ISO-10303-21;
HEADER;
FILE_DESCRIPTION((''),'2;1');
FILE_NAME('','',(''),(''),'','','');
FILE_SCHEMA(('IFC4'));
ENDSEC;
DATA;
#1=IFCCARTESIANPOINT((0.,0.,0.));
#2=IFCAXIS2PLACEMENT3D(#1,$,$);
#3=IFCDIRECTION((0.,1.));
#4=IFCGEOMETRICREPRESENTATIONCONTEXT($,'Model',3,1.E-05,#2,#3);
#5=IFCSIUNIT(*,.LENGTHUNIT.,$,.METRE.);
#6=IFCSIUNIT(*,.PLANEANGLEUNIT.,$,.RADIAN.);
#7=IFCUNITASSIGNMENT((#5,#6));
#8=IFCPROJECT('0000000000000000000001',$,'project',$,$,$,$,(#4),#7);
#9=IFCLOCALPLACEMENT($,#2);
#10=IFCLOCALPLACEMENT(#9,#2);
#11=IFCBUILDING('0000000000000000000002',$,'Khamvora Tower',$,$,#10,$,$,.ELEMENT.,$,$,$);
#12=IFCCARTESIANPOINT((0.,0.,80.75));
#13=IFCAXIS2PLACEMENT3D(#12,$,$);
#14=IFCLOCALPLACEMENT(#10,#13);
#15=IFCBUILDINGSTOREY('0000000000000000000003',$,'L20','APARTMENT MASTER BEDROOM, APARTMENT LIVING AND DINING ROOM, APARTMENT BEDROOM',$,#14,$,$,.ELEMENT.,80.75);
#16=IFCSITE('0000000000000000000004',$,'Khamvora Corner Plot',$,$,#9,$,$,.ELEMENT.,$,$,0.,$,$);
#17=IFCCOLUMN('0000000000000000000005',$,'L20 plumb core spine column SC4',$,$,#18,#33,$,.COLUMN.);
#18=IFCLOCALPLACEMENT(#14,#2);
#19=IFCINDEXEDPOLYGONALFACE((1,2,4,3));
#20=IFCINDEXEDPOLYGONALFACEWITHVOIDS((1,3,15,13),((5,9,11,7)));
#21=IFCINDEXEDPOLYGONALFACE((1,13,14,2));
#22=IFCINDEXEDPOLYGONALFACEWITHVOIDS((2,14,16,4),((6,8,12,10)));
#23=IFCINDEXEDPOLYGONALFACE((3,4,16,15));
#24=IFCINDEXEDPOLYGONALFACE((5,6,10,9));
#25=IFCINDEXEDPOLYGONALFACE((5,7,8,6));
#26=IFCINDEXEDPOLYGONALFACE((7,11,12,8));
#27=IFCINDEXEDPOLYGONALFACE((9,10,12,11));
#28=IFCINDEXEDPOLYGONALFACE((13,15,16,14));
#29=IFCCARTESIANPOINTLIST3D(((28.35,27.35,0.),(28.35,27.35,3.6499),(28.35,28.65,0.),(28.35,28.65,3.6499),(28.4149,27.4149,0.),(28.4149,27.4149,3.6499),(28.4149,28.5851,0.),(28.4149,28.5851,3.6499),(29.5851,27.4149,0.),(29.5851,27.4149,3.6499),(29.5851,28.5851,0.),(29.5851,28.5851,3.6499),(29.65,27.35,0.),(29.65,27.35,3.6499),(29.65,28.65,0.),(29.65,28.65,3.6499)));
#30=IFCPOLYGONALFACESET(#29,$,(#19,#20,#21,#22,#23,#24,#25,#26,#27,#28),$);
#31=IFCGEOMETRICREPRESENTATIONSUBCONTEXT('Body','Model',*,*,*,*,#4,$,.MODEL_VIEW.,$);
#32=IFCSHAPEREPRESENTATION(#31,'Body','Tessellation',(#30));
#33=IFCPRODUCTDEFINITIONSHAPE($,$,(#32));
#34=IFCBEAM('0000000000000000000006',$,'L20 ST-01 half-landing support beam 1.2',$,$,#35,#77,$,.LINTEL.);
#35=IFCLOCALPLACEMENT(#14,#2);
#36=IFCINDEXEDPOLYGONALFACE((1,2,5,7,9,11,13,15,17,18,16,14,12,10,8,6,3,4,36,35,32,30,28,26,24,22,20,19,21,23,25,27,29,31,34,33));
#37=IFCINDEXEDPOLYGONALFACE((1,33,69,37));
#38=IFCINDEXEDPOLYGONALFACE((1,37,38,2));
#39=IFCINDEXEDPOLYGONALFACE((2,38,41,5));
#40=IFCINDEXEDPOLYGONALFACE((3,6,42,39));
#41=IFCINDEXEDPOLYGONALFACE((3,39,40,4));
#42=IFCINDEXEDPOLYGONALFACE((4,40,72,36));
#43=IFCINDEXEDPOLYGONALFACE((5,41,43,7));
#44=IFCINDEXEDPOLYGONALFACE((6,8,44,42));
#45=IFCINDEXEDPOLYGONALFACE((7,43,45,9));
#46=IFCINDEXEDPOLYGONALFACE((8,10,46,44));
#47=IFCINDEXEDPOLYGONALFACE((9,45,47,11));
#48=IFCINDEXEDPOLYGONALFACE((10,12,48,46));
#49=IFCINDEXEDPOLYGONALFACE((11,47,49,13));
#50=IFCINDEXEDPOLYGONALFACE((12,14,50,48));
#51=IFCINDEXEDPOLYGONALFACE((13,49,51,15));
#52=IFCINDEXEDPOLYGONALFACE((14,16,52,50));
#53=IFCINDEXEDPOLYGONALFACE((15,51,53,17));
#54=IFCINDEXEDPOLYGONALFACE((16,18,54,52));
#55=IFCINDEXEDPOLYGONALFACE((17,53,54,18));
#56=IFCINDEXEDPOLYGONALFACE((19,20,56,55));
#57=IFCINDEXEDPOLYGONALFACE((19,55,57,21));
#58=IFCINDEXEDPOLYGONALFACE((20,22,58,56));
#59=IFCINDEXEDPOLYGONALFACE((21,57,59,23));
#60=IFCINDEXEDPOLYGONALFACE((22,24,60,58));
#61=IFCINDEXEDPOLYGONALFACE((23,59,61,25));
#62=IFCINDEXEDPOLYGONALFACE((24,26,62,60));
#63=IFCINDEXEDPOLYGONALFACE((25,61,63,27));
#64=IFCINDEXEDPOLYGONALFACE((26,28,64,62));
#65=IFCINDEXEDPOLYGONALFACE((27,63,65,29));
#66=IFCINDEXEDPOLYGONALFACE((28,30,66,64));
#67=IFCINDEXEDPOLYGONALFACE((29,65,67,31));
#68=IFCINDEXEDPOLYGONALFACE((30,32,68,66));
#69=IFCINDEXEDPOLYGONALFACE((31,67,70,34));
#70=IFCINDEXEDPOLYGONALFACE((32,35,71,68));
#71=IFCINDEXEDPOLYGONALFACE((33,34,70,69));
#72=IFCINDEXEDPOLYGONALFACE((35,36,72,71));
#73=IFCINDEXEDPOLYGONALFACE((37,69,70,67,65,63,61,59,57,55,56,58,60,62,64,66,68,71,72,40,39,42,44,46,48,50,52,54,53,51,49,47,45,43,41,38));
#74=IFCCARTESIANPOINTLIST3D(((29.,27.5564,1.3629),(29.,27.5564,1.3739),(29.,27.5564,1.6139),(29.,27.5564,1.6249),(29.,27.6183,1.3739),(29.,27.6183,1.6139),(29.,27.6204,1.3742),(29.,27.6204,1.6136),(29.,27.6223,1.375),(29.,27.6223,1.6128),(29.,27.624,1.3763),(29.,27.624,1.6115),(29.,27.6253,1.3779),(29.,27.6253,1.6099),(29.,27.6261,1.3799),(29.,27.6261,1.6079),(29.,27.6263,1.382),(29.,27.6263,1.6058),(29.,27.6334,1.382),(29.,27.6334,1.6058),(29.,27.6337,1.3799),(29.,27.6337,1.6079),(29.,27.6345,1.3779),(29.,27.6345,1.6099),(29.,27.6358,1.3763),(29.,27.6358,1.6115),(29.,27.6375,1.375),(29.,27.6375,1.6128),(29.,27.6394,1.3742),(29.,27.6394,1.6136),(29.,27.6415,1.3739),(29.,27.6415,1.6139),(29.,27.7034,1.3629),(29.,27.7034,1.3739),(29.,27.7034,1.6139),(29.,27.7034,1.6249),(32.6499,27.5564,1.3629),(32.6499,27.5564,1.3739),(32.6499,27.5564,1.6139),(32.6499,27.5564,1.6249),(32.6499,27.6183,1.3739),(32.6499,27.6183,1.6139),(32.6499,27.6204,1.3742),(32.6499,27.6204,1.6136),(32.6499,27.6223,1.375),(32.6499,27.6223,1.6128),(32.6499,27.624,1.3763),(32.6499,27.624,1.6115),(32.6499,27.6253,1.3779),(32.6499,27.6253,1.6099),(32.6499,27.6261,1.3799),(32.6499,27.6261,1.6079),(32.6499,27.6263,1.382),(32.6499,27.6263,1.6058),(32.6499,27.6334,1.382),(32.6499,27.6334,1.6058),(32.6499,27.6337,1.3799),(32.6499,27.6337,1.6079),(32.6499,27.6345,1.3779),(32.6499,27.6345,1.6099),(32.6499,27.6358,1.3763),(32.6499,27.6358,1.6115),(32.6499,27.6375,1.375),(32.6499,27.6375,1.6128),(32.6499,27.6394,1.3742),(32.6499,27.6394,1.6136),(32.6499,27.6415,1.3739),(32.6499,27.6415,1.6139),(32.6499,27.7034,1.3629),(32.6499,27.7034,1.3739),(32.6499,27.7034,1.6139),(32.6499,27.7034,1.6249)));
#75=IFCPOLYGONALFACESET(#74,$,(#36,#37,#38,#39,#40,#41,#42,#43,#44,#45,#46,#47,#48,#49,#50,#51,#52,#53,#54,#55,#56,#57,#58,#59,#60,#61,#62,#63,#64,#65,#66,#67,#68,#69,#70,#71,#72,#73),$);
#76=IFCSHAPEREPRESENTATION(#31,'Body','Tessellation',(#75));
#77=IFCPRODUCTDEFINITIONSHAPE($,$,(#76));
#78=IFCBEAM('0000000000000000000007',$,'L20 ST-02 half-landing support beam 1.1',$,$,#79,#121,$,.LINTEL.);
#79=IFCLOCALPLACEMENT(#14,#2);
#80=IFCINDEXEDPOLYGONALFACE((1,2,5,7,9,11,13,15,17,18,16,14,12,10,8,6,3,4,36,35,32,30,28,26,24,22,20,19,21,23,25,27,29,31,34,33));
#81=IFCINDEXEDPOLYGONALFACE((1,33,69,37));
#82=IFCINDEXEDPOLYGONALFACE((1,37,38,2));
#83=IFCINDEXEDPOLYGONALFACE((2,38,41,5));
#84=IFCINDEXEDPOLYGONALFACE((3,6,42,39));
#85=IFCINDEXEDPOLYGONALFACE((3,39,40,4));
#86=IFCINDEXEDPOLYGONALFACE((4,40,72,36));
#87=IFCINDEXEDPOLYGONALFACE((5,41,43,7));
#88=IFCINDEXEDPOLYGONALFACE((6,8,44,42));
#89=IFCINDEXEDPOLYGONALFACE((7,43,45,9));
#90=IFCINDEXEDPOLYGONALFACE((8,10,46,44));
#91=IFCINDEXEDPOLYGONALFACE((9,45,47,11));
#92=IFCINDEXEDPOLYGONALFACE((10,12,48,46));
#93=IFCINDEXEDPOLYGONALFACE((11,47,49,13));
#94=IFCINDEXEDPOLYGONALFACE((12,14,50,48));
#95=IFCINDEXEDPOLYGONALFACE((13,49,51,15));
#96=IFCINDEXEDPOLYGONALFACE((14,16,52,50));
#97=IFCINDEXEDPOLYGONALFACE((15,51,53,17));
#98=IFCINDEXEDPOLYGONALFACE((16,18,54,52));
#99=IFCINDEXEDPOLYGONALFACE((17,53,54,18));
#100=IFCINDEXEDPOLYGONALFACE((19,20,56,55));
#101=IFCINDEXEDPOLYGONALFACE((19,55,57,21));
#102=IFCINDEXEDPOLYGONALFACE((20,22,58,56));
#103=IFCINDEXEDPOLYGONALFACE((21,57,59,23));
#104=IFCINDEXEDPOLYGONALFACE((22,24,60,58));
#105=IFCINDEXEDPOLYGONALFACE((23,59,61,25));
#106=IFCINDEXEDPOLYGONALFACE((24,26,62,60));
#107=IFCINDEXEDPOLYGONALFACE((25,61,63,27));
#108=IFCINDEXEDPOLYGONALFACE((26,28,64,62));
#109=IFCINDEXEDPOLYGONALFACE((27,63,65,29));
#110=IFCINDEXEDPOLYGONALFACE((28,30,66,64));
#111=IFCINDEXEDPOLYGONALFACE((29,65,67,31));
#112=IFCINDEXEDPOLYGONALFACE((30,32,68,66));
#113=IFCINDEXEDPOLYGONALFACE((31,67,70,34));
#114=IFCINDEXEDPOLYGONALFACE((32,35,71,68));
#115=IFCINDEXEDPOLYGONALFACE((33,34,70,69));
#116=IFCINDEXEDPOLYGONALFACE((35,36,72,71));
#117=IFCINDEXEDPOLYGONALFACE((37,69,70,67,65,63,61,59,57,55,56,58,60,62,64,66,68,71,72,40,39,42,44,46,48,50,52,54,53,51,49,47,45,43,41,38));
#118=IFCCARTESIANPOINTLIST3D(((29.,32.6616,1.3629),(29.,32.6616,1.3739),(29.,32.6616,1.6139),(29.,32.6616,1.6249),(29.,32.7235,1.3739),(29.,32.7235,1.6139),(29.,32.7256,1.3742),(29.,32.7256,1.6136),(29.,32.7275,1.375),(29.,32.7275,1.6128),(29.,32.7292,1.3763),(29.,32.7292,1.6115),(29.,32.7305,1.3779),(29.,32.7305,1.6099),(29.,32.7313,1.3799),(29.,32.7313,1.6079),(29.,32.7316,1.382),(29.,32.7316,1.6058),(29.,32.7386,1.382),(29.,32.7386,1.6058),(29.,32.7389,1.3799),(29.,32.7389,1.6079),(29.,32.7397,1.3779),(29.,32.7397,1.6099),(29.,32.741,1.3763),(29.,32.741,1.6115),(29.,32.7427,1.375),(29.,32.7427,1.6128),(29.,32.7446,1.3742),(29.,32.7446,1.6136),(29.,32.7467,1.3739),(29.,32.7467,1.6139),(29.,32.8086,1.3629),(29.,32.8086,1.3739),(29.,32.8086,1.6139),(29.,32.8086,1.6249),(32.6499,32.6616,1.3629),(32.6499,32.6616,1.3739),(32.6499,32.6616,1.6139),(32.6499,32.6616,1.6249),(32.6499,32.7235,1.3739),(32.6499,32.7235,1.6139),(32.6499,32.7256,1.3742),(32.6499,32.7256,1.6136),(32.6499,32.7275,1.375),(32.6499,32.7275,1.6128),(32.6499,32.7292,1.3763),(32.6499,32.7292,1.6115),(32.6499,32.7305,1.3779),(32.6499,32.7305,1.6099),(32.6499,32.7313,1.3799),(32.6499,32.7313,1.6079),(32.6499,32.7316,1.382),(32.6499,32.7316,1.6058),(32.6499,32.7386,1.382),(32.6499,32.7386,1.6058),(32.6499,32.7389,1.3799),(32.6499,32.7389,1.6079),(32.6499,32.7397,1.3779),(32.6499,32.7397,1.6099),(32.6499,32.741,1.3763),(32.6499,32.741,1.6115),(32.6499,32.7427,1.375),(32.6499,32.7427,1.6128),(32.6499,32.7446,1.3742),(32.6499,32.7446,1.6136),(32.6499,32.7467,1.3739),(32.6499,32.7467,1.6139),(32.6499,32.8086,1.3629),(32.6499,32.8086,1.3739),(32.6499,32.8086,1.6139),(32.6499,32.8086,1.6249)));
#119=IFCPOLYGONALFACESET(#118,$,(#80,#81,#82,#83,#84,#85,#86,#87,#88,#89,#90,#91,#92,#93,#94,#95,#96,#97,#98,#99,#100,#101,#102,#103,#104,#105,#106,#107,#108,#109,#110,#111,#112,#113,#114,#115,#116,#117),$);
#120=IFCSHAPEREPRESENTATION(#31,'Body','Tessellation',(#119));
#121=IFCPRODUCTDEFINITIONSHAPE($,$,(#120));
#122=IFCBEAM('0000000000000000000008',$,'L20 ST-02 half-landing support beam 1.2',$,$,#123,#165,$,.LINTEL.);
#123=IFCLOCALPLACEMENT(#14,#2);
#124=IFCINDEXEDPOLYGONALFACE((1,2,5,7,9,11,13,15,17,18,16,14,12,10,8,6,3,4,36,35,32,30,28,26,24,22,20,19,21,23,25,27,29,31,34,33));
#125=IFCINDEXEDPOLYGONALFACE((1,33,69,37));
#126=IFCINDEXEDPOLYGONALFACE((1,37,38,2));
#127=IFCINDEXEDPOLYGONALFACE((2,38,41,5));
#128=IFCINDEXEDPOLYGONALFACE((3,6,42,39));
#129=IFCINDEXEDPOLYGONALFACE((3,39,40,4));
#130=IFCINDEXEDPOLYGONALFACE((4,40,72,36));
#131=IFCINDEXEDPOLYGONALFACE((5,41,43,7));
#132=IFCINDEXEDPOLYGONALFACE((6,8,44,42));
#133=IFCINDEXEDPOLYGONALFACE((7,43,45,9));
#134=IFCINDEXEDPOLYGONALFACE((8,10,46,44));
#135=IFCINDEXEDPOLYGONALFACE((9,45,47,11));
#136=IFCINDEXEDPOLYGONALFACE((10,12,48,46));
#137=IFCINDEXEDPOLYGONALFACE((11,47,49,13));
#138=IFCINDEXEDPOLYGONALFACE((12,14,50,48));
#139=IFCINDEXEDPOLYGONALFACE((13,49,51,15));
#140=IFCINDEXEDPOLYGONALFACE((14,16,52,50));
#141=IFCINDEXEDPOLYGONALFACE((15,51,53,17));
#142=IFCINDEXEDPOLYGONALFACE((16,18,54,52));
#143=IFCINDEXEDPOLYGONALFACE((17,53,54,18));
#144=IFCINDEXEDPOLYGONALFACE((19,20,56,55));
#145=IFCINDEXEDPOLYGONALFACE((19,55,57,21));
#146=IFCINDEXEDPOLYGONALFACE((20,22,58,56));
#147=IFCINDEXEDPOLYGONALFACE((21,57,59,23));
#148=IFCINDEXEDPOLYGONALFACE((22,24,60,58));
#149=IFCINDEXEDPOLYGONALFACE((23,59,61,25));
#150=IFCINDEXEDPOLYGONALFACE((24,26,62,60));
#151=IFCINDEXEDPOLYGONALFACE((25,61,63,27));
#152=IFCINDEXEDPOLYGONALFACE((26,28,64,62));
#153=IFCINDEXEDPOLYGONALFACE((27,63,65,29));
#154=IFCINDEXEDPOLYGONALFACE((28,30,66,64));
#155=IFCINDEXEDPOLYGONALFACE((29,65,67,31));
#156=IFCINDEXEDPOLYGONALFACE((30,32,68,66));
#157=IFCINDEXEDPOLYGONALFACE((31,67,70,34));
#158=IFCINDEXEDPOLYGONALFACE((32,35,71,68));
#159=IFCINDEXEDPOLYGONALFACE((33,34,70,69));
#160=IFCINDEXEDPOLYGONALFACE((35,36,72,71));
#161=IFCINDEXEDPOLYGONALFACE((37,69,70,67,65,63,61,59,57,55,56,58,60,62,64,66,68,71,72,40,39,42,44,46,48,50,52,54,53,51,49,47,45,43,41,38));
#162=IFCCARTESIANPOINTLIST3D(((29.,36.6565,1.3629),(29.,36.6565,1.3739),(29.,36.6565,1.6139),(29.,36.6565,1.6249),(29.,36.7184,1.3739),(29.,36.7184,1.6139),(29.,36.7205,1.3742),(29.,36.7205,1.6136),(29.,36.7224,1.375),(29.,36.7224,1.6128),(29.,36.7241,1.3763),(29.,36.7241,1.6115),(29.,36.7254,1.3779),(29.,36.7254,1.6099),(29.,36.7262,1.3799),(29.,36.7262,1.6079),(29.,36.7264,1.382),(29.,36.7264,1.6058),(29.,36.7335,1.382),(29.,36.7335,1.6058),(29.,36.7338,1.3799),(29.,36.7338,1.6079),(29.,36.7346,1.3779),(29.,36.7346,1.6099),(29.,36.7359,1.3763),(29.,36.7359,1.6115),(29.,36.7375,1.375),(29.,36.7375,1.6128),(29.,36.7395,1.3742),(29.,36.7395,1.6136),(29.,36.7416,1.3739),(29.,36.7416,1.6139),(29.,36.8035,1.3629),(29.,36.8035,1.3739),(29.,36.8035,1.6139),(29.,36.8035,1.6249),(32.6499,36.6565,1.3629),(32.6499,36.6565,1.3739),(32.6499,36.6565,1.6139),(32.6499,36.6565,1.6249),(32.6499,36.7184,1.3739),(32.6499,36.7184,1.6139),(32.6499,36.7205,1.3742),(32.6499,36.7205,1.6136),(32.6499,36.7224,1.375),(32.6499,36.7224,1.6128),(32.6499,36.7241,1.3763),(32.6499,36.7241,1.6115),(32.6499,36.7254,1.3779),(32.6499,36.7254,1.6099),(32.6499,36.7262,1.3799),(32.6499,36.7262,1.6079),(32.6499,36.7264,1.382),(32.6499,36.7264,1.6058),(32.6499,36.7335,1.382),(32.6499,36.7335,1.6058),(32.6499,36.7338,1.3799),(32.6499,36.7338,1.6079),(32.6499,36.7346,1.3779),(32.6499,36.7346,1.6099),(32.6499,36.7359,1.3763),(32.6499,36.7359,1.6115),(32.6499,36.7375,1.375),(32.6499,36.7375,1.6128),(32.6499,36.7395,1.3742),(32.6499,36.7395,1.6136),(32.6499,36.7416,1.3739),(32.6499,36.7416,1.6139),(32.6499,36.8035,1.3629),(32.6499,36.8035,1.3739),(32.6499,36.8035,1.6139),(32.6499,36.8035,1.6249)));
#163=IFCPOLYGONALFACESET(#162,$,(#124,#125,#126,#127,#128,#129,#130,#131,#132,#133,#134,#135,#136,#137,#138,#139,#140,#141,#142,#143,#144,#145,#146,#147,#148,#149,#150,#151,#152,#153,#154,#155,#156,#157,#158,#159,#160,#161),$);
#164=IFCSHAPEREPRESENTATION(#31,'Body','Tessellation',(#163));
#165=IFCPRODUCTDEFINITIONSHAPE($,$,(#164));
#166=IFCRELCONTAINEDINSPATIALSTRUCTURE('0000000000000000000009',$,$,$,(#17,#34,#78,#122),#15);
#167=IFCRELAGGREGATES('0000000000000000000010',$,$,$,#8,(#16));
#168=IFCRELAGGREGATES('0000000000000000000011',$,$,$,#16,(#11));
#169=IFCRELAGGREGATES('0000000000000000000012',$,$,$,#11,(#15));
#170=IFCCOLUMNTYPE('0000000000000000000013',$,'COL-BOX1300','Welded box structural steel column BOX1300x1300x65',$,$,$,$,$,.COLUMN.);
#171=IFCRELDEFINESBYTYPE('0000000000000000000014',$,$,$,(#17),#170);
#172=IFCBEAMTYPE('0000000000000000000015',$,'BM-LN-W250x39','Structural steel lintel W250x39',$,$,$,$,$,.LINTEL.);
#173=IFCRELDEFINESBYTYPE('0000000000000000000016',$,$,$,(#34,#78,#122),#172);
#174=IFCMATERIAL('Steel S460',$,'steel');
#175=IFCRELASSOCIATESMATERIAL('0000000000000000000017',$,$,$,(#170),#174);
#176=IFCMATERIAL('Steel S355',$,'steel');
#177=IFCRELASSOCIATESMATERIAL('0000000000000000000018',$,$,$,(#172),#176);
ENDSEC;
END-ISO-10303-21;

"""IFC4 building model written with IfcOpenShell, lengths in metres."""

from ifc_helpers import new_model, si_unit, direction, frame, origin, origin_2d, place, context, subcontext, project, spatial, hollow_rectangle, i_section, extrude, material, material_profile, profile_set, type_object, element, save


model = new_model("IFC4")

# Units and contexts
model_context = context("Model", 3, precision=1e-05, world=origin(), true_north=direction((0.0, 1.0)))
body_context = subcontext(model_context, "Body", "Model", "MODEL_VIEW")
ifc_project = project(units=[si_unit("LENGTHUNIT", "METRE"), si_unit("PLANEANGLEUNIT", "RADIAN")], contexts=[model_context])

# Site, building, storey
site_placement = place(None, origin())
site = spatial("IfcSite", under=ifc_project, at=site_placement, Name="Khamvora Corner Plot", CompositionType="ELEMENT", RefElevation=0.0)
building_placement = place(site_placement, origin())
building = spatial("IfcBuilding", under=site, at=building_placement, Name="Khamvora Tower", CompositionType="ELEMENT")
storey_placement = place(building_placement, frame((0.0, 0.0, 80.75)))
storey = spatial("IfcBuildingStorey", under=building, at=storey_placement, Name="L20", Description="APARTMENT MASTER BEDROOM, APARTMENT LIVING AND DINING ROOM, APARTMENT BEDROOM", CompositionType="ELEMENT", Elevation=80.75)

# Column
ifc_material_1 = material(Name="Steel S460", Category="steel")
ifc_material_profile_1 = material_profile(ifc_material_1, hollow_rectangle(XDim=1.3, YDim=1.3, WallThickness=0.0649, at=origin_2d()), Name="BOX1300x1300x65")
ifc_profile_set_1 = profile_set([ifc_material_profile_1], Name="Steel S460")
column_type = type_object("IfcColumnType", Name="COL-BOX1300", Description="Welded box structural steel column BOX1300x1300x65", PredefinedType="COLUMN", material=ifc_profile_set_1)
column_placement = place(storey_placement, frame((29.0, 28.0, 0.0), z_axis=(0.0, 0.0, 1.0), x_axis=(1.0, 0.0, 0.0)))
element("IfcColumn", 1, at=column_placement, inside=storey, type_object=column_type, Name="L20 plumb core spine column SC4", PredefinedType="COLUMN", context=body_context, shape_type="SweptSolid", body=[
    extrude(hollow_rectangle(XDim=1.3, YDim=1.3, WallThickness=0.0649, at=origin_2d()), origin(), (0.0, 0.0, 1.0), 3.6499),
])

# Beams
ifc_material_2 = material(Name="Steel S355", Category="steel")
ifc_material_profile_2 = material_profile(ifc_material_2, i_section(OverallWidth=0.147, OverallDepth=0.262, WebThickness=0.0071, FlangeThickness=0.011, FilletRadius=0.0081, at=origin_2d()), Name="W250x39")
ifc_profile_set_2 = profile_set([ifc_material_profile_2], Name="Steel S355")
beam_type_1 = type_object("IfcBeamType", Name="BM-LN-W250x39", Description="Structural steel lintel W250x39", PredefinedType="LINTEL", material=ifc_profile_set_2)
for number, where, z_axis, x_axis, name in (
    (2, (29.0, 27.6299, 1.4939), (1.0, 0.0, 0.0), (0.0, 1.0, 0.0), "L20 ST-01 half-landing support beam 1.2"),
    (3, (29.0, 32.7351, 1.4939), (1.0, 0.0, 0.0), (0.0, 1.0, 0.0), "L20 ST-02 half-landing support beam 1.1"),
    (4, (29.0, 36.73, 1.4939), (1.0, 0.0, 0.0), (0.0, 1.0, 0.0), "L20 ST-02 half-landing support beam 1.2"),
):
    element("IfcBeam", number, at=place(storey_placement, frame(where, z_axis=z_axis, x_axis=x_axis)), inside=storey, type_object=beam_type_1, Name=name, PredefinedType="LINTEL", context=body_context, shape_type="SweptSolid", body=[
        extrude(i_section(OverallWidth=0.147, OverallDepth=0.262, WebThickness=0.0071, FlangeThickness=0.011, FilletRadius=0.0081, at=origin_2d()), origin(), (0.0, 0.0, 1.0), 3.6499),
    ])

save(model, "model.ifc")
